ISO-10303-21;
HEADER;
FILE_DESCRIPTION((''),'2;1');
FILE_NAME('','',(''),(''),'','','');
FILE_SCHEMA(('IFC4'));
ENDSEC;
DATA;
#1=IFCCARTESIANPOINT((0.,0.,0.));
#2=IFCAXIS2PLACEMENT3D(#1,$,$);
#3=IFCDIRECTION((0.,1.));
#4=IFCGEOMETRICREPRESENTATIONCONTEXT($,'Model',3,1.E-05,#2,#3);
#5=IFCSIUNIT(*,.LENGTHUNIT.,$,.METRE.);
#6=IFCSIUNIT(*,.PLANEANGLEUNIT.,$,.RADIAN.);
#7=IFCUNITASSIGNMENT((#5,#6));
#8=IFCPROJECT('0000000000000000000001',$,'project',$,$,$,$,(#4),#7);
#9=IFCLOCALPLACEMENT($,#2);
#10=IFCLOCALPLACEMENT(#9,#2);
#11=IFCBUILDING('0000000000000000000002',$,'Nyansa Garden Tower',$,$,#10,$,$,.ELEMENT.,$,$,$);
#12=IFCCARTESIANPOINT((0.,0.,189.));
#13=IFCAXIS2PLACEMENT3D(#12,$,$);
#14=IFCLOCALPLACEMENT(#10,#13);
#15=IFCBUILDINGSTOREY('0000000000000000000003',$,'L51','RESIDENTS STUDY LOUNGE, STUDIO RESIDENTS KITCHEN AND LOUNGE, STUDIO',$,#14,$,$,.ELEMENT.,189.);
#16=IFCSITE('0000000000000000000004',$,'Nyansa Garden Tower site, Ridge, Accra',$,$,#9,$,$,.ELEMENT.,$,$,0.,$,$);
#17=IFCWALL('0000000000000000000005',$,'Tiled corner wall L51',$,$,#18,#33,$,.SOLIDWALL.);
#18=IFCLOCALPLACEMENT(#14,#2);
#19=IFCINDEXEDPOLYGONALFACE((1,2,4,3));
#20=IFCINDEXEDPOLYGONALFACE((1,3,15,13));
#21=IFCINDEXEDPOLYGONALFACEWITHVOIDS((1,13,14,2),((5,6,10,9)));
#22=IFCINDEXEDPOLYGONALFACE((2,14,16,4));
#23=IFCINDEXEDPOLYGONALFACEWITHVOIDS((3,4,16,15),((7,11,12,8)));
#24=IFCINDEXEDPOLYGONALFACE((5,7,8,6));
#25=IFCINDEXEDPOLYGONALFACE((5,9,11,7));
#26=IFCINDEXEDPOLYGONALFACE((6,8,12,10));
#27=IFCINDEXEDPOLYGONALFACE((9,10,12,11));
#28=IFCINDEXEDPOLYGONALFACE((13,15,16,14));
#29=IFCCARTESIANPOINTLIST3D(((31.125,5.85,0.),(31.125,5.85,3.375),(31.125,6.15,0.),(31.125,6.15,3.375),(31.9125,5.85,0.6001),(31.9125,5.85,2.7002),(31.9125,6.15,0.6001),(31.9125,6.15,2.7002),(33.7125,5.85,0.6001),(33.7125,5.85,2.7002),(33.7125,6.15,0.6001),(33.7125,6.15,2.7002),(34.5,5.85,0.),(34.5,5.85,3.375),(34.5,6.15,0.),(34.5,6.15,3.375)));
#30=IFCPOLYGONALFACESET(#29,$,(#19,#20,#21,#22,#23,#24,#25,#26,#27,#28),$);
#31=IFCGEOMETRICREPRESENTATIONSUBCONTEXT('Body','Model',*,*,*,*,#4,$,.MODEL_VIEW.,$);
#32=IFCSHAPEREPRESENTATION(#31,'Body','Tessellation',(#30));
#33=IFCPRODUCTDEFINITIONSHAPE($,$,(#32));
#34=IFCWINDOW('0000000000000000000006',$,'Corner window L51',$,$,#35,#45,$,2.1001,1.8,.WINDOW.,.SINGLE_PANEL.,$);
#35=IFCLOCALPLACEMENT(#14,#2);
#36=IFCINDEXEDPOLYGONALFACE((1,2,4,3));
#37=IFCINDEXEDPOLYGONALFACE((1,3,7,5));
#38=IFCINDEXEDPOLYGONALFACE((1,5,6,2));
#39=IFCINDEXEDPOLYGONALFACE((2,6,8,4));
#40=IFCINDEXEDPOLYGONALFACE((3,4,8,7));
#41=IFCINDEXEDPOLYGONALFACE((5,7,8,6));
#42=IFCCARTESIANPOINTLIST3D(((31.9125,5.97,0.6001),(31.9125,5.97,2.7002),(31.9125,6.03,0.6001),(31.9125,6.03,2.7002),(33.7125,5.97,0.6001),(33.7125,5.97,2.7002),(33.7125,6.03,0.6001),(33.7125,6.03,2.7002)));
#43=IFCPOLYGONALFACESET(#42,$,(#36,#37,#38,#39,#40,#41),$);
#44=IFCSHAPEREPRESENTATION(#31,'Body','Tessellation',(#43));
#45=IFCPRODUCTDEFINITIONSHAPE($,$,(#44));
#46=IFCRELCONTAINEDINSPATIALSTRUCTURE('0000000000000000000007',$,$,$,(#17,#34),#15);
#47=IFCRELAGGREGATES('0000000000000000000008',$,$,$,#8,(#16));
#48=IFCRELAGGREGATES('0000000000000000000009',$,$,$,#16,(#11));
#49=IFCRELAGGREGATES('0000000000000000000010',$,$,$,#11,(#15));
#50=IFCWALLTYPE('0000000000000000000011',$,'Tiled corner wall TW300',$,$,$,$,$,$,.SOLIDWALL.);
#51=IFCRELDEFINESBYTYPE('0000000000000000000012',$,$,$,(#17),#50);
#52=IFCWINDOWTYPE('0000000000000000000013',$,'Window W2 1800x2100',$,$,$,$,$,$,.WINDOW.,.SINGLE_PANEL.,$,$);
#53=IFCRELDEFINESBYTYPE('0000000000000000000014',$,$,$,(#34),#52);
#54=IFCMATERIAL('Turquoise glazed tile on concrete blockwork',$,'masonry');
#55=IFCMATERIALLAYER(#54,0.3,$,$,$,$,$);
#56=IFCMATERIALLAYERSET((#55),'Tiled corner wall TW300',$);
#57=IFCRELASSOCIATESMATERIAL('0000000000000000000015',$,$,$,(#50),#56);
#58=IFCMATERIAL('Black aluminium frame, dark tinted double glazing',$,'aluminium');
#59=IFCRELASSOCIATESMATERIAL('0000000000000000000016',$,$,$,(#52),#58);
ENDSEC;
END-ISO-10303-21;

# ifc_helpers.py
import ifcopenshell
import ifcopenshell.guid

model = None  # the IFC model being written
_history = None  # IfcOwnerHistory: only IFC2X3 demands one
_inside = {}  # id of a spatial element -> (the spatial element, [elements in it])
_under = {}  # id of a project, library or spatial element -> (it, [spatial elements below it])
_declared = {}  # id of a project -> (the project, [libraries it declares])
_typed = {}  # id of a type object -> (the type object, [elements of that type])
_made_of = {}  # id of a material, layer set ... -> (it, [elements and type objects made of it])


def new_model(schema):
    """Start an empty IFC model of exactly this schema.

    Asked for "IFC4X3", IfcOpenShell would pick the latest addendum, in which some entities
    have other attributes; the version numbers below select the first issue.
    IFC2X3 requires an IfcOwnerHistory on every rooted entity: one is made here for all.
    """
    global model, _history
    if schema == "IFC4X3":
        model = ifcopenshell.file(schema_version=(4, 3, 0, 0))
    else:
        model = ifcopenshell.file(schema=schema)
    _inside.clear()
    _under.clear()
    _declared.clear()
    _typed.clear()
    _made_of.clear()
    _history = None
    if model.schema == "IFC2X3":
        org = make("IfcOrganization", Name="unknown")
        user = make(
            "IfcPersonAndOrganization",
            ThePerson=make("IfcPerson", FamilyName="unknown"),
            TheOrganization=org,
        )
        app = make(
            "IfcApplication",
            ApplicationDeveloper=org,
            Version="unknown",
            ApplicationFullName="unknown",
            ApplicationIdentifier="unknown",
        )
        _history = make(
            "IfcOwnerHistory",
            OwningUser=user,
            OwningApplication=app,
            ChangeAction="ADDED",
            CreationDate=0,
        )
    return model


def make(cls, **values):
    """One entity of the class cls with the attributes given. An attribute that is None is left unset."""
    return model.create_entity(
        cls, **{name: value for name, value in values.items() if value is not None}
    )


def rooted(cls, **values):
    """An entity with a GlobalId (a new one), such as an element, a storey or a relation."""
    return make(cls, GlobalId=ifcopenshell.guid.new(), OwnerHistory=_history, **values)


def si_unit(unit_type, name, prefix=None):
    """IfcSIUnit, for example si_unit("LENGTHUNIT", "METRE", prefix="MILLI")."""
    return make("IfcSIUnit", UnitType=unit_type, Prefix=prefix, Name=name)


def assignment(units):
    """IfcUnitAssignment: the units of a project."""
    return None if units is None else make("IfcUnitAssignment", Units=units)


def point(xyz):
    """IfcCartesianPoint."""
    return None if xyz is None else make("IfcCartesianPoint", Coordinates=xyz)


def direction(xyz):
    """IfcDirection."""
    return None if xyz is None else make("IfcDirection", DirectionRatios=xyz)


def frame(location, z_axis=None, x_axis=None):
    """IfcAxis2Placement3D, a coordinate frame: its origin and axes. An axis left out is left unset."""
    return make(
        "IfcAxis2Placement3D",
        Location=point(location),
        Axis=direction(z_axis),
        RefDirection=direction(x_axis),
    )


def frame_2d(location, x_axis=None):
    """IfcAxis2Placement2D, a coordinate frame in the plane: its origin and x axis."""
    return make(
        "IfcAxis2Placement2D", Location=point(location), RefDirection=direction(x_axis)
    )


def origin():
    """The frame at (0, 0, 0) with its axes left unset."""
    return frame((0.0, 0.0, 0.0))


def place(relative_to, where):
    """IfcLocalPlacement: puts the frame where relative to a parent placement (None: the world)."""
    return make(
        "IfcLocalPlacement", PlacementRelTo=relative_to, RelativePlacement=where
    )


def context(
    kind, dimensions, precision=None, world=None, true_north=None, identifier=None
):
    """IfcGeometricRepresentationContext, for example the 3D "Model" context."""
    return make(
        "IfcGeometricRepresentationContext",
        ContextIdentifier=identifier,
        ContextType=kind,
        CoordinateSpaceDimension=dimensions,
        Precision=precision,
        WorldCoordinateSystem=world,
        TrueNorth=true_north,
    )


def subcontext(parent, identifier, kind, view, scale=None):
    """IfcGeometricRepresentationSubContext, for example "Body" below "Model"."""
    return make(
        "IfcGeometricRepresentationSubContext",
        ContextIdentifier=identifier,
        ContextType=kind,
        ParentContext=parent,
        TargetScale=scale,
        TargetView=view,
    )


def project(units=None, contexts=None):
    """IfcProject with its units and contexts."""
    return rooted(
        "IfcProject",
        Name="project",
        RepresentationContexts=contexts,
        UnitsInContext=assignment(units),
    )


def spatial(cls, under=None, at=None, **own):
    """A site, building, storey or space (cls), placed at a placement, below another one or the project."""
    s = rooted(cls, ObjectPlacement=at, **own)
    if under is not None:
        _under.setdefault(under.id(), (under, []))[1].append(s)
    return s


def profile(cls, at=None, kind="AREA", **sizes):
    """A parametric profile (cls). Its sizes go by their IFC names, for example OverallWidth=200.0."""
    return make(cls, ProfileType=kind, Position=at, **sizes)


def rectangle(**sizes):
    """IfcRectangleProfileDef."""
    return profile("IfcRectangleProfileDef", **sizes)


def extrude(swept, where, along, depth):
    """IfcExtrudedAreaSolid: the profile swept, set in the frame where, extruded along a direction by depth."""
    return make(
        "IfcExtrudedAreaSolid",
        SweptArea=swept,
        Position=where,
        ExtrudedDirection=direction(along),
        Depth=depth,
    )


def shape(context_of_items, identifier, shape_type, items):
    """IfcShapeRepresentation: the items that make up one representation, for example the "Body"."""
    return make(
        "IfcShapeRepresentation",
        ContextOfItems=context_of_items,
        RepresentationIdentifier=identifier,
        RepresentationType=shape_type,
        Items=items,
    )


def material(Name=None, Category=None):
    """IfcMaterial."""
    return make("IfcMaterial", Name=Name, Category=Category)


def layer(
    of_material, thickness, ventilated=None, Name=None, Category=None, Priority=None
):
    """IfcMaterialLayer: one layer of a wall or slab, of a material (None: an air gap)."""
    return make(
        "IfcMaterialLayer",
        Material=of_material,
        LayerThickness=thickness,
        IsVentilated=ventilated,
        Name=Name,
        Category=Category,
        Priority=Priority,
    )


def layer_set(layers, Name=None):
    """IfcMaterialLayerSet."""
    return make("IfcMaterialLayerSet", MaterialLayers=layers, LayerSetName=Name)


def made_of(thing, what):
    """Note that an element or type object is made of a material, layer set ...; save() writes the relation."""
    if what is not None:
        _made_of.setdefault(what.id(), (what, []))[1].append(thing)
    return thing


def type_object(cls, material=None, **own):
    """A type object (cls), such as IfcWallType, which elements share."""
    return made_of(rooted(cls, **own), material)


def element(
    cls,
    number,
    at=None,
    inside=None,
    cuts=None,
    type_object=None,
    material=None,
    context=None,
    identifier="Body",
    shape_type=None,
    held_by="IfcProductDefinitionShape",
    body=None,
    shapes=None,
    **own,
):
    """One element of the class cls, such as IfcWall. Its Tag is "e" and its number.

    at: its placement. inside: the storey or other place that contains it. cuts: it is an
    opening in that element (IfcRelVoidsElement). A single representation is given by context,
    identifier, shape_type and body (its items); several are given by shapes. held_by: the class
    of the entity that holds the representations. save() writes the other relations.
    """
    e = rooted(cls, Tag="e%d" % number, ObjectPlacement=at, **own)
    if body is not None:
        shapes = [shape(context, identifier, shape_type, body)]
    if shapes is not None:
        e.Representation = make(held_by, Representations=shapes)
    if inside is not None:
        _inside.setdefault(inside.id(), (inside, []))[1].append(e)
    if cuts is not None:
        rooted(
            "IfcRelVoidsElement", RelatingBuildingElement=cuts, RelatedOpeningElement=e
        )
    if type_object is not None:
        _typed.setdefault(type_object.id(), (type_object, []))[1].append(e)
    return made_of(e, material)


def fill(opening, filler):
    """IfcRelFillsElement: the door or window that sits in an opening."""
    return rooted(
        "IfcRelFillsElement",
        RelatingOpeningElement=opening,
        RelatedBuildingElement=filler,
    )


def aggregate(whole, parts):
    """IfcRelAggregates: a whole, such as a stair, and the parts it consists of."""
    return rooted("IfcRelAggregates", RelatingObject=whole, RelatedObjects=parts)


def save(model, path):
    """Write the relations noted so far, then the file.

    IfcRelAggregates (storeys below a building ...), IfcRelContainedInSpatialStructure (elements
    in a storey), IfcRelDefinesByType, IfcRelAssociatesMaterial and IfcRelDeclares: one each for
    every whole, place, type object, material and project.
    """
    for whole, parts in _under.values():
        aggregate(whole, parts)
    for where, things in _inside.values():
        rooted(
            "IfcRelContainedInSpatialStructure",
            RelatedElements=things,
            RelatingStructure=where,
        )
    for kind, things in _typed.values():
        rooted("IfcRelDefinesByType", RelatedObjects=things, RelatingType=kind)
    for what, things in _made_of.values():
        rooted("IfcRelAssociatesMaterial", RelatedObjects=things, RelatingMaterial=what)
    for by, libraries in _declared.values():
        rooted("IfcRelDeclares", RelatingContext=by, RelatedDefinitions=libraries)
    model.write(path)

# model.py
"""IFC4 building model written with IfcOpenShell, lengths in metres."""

from ifc_helpers import new_model, si_unit, direction, frame, frame_2d, origin, place, context, subcontext, project, spatial, rectangle, extrude, material, layer, layer_set, type_object, element, fill, save


model = new_model("IFC4")

# Units and contexts
model_context = context("Model", 3, precision=1e-05, world=origin(), true_north=direction((0.0, 1.0)))
body_context = subcontext(model_context, "Body", "Model", "MODEL_VIEW")
ifc_project = project(units=[si_unit("LENGTHUNIT", "METRE"), si_unit("PLANEANGLEUNIT", "RADIAN")], contexts=[model_context])

# Site, building, storey
site_placement = place(None, origin())
site = spatial("IfcSite", under=ifc_project, at=site_placement, Name="Nyansa Garden Tower site, Ridge, Accra", CompositionType="ELEMENT", RefElevation=0.0)
building_placement = place(site_placement, origin())
building = spatial("IfcBuilding", under=site, at=building_placement, Name="Nyansa Garden Tower", CompositionType="ELEMENT")
storey_placement = place(building_placement, frame((0.0, 0.0, 189.0)))
storey = spatial("IfcBuildingStorey", under=building, at=storey_placement, Name="L51", Description="RESIDENTS STUDY LOUNGE, STUDIO RESIDENTS KITCHEN AND LOUNGE, STUDIO", CompositionType="ELEMENT", Elevation=189.0)

# Wall, opening, window
ifc_material_1 = material(Name="Turquoise glazed tile on concrete blockwork", Category="masonry")
ifc_layer_1 = layer(ifc_material_1, 0.3)
ifc_layer_set_1 = layer_set([ifc_layer_1], Name="Tiled corner wall TW300")
wall_type_1 = type_object("IfcWallType", Name="Tiled corner wall TW300", PredefinedType="SOLIDWALL", material=ifc_layer_set_1)
ifc_material_2 = material(Name="Black aluminium frame, dark tinted double glazing", Category="aluminium")
window_type = type_object("IfcWindowType", Name="Window W2 1800x2100", PartitioningType="SINGLE_PANEL", PredefinedType="WINDOW", material=ifc_material_2)
wall_1_placement = place(storey_placement, frame((31.125, 6.0, 0.0), z_axis=(0.0, 0.0, 1.0), x_axis=(1.0, 0.0, 0.0)))
wall_1 = element("IfcWall", 1, at=wall_1_placement, inside=storey, type_object=wall_type_1, Name="Tiled corner wall L51", PredefinedType="SOLIDWALL", context=body_context, shape_type="SweptSolid", body=[
    extrude(rectangle(XDim=3.375, YDim=0.3, at=frame_2d((1.6875, 0.0))), origin(), (0.0, 0.0, 1.0), 3.375),
])
opening_1_placement = place(wall_1_placement, frame((0.7876, 0.0, 0.6001)))
opening_1 = element("IfcOpeningElement", 2, at=opening_1_placement, cuts=wall_1, PredefinedType="OPENING", context=body_context, shape_type="SweptSolid", body=[
    extrude(rectangle(XDim=1.8, YDim=2.1001, at=frame_2d((0.8999, 1.05))), frame((0.0, 0.1599, 0.0), z_axis=(0.0, -1.0, 0.0), x_axis=(1.0, 0.0, 0.0)), (0.0, 0.0, 1.0), 0.3201),
])
window_1_placement = place(opening_1_placement, origin())
window_1 = element("IfcWindow", 3, at=window_1_placement, inside=storey, type_object=window_type, Name="Corner window L51", OverallHeight=2.1001, OverallWidth=1.8, PartitioningType="SINGLE_PANEL", PredefinedType="WINDOW", context=body_context, shape_type="SweptSolid", body=[
    extrude(rectangle(XDim=1.8, YDim=2.1001, at=frame_2d((0.8999, 1.05))), frame((0.0, 0.03, 0.0), z_axis=(0.0, -1.0, 0.0), x_axis=(1.0, 0.0, 0.0)), (0.0, 0.0, 1.0), 0.0601),
])
fill(opening_1, window_1)

save(model, "model.ifc")
